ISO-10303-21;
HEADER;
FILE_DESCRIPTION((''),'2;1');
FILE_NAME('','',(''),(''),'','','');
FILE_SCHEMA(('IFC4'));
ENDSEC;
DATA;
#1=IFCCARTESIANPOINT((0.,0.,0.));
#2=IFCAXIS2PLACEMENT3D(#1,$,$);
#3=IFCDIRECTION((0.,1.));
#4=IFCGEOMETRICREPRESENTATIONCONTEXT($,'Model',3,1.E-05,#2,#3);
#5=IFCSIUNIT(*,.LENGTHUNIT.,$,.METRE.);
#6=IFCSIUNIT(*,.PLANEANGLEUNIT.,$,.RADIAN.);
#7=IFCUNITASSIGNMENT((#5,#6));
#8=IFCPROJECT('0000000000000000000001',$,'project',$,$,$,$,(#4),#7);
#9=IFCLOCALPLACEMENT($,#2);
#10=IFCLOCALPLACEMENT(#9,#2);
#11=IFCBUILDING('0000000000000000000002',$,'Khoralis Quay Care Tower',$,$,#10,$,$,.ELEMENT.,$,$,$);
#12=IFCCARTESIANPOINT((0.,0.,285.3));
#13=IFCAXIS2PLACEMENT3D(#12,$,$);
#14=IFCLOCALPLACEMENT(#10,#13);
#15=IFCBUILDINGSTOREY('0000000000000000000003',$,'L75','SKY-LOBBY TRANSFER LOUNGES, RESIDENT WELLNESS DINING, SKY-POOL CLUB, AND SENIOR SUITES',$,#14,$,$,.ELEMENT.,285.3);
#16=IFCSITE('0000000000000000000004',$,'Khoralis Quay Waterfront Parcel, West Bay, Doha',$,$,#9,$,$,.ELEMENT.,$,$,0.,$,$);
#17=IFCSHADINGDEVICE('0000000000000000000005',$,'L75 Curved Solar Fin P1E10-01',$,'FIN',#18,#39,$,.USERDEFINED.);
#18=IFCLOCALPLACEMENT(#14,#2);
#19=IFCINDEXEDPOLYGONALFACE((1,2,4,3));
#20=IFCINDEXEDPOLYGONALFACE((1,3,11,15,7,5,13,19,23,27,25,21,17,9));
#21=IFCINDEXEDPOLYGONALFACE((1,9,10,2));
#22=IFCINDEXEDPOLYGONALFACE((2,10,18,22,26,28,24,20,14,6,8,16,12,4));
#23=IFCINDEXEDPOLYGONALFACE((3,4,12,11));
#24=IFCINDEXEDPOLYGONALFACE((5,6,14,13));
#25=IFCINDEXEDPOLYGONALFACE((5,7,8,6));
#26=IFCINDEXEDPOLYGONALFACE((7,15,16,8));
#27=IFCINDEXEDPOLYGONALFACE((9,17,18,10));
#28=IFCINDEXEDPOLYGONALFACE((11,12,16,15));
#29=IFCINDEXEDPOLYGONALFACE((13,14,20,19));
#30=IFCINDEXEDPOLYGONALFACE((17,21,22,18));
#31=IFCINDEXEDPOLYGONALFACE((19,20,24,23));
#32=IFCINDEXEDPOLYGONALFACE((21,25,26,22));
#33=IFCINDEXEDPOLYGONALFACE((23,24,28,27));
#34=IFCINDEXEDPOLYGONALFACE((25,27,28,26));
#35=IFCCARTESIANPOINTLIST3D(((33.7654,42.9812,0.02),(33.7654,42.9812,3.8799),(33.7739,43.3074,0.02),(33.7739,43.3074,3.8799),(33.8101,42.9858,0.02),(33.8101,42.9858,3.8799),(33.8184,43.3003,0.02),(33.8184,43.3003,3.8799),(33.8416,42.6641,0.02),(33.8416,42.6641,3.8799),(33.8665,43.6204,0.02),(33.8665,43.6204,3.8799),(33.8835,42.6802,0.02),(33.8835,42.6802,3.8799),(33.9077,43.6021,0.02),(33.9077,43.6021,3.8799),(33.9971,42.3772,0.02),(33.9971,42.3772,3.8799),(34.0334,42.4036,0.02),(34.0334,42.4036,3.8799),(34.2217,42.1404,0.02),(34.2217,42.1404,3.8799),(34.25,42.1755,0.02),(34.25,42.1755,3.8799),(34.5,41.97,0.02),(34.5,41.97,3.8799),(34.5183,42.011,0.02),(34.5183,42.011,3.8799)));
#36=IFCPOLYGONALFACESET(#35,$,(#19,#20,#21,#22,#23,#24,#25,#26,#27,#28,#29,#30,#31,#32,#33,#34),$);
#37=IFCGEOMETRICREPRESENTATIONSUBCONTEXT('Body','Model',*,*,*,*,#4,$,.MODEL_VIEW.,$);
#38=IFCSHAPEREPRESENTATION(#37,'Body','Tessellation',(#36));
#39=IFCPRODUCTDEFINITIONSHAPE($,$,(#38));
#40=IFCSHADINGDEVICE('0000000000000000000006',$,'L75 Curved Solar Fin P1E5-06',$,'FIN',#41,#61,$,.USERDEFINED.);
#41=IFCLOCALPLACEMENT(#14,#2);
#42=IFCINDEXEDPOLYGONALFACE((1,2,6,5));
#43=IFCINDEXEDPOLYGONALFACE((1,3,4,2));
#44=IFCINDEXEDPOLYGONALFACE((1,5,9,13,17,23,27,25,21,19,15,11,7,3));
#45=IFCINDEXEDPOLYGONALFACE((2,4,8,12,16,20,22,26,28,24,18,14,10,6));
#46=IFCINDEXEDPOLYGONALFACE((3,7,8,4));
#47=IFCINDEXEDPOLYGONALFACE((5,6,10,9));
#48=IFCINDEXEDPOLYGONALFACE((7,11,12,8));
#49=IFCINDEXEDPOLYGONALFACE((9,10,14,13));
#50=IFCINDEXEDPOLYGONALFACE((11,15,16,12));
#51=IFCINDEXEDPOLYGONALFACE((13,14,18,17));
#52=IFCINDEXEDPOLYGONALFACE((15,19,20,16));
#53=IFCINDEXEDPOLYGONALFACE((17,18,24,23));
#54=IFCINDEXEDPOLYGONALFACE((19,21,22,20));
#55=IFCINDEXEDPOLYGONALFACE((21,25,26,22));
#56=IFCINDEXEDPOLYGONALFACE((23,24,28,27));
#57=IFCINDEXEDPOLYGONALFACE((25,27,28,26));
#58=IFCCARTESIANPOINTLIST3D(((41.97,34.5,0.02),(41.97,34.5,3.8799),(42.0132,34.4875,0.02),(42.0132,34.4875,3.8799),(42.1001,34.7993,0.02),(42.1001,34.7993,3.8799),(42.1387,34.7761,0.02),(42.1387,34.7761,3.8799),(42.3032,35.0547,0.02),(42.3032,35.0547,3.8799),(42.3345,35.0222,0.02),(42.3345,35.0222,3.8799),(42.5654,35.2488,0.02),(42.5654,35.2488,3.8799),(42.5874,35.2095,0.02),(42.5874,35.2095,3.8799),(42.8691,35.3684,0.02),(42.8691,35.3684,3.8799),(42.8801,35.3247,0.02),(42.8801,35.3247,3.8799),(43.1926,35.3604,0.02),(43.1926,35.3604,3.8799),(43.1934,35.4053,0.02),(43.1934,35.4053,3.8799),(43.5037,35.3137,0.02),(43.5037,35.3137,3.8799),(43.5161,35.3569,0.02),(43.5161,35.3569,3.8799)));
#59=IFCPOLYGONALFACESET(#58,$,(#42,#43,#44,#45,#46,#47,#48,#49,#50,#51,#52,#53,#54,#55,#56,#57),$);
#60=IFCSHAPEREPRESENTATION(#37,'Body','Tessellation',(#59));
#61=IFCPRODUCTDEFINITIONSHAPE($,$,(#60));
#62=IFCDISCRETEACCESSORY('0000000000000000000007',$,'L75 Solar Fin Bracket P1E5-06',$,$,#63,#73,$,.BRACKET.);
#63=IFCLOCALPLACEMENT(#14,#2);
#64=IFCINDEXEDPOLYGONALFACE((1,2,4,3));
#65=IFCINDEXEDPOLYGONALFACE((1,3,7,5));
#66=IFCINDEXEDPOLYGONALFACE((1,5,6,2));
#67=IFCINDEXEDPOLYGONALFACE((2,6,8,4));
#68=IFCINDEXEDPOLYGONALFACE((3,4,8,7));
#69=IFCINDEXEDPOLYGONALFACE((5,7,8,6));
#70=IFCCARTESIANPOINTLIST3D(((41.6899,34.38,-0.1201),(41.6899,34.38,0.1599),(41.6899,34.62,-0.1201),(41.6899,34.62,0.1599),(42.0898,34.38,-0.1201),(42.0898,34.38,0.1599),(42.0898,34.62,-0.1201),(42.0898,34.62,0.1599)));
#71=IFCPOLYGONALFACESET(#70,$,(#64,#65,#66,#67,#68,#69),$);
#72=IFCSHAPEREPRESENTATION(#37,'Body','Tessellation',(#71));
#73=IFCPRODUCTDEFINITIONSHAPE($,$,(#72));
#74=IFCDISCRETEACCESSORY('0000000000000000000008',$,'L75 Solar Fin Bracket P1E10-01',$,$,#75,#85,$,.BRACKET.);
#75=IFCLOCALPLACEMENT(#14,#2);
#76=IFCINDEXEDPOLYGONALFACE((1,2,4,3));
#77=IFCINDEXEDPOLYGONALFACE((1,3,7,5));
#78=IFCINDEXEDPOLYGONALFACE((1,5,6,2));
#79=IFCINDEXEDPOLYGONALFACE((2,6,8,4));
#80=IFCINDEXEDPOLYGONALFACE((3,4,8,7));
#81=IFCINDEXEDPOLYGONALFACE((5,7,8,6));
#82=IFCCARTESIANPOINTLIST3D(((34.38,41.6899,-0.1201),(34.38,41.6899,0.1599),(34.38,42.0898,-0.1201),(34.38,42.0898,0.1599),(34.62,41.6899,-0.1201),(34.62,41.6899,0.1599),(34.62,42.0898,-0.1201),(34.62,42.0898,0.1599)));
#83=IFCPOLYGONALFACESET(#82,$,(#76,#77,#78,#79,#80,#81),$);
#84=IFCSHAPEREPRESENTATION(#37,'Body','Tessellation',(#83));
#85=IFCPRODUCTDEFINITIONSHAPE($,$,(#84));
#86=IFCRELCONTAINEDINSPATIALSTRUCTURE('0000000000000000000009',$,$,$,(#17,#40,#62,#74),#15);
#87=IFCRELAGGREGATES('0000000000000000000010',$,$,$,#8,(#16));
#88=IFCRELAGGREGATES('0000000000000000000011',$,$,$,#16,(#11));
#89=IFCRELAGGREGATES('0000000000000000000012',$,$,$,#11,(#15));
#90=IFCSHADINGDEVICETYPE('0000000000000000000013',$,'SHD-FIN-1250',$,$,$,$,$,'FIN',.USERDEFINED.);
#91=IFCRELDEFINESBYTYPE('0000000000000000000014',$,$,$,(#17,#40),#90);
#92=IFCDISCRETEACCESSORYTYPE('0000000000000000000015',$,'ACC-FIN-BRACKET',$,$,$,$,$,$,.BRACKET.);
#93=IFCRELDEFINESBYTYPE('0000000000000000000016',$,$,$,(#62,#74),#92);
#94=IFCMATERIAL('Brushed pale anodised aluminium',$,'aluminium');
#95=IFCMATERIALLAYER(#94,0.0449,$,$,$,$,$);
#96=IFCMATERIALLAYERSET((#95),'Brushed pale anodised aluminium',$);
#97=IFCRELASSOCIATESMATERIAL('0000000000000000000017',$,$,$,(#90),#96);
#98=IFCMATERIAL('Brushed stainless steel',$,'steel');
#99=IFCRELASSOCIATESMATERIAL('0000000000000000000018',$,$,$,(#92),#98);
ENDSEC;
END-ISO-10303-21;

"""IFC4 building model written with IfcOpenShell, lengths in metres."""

from ifc_helpers import new_model, si_unit, direction, frame, origin, origin_2d, place, context, subcontext, project, spatial, polyline, rectangle, outline, extrude, source, transform, mapped, material, layer, layer_set, type_object, element, save


model = new_model("IFC4")

# Units and contexts
model_context = context("Model", 3, precision=1e-05, world=origin(), true_north=direction((0.0, 1.0)))
body_context = subcontext(model_context, "Body", "Model", "MODEL_VIEW")
ifc_project = project(units=[si_unit("LENGTHUNIT", "METRE"), si_unit("PLANEANGLEUNIT", "RADIAN")], contexts=[model_context])

# Site, building, storey
site_placement = place(None, origin())
site = spatial("IfcSite", under=ifc_project, at=site_placement, Name="Khoralis Quay Waterfront Parcel, West Bay, Doha", CompositionType="ELEMENT", RefElevation=0.0)
building_placement = place(site_placement, origin())
building = spatial("IfcBuilding", under=site, at=building_placement, Name="Khoralis Quay Care Tower", CompositionType="ELEMENT")
storey_placement = place(building_placement, frame((0.0, 0.0, 285.3)))
storey = spatial("IfcBuildingStorey", under=building, at=storey_placement, Name="L75", Description="SKY-LOBBY TRANSFER LOUNGES, RESIDENT WELLNESS DINING, SKY-POOL CLUB, AND SENIOR SUITES", CompositionType="ELEMENT", Elevation=285.3)

# Shading devices
ifc_material_1 = material(Name="Brushed pale anodised aluminium", Category="aluminium")
ifc_layer_1 = layer(ifc_material_1, 0.0449)
ifc_layer_set_1 = layer_set([ifc_layer_1], Name="Brushed pale anodised aluminium")
shading_device_type = type_object("IfcShadingDeviceType", Name="SHD-FIN-1250", ElementType="FIN", PredefinedType="USERDEFINED", material=ifc_layer_set_1)
shared_shape_1 = source(origin(), body_context, "Body", "SweptSolid", [
    extrude(outline(polyline([(0.0, 0.0), (0.1704, 0.2783), (0.4072, 0.5029), (0.6941, 0.6584), (1.0112, 0.7346), (1.3374, 0.7261), (1.6504, 0.6335), (1.6321, 0.5923), (1.3303, 0.6816), (1.0159, 0.6899), (0.7102, 0.6165), (0.4336, 0.4666), (0.2056, 0.25), (0.041, -0.0183), (0.0, 0.0)])), origin(), (0.0, 0.0, 1.0), 3.8599),
])
shading_device_1_placement = place(storey_placement, frame((34.5, 41.97, 0.02), z_axis=(0.0, 0.0, 1.0), x_axis=(0.0, 1.0, 0.0)))
element("IfcShadingDevice", 1, at=shading_device_1_placement, inside=storey, type_object=shading_device_type, Name="L75 Curved Solar Fin P1E10-01", ObjectType="FIN", PredefinedType="USERDEFINED", context=body_context, shape_type="MappedRepresentation", body=[
    mapped(shared_shape_1, transform((0.0, 0.0, 0.0), scale=1.0)),
])
shared_shape_2 = source(origin(), body_context, "Body", "SweptSolid", [
    extrude(outline(polyline([(0.0, 0.0), (0.1301, 0.2993), (0.3333, 0.5547), (0.5955, 0.7488), (0.8992, 0.8684), (1.2234, 0.9053), (1.5461, 0.8569), (1.5337, 0.8137), (1.2227, 0.8604), (0.9102, 0.8247), (0.6174, 0.7095), (0.3645, 0.5222), (0.1687, 0.2761), (0.0432, -0.0125), (0.0, 0.0)])), origin(), (0.0, 0.0, 1.0), 3.8599),
])
shading_device_2_placement = place(storey_placement, frame((41.97, 34.5, 0.02), z_axis=(0.0, 0.0, 1.0), x_axis=(1.0, 0.0, 0.0)))
element("IfcShadingDevice", 2, at=shading_device_2_placement, inside=storey, type_object=shading_device_type, Name="L75 Curved Solar Fin P1E5-06", ObjectType="FIN", PredefinedType="USERDEFINED", context=body_context, shape_type="MappedRepresentation", body=[
    mapped(shared_shape_2, transform((0.0, 0.0, 0.0), scale=1.0)),
])

# Discrete accessories
ifc_material_2 = material(Name="Brushed stainless steel", Category="steel")
discrete_accessory_type = type_object("IfcDiscreteAccessoryType", Name="ACC-FIN-BRACKET", PredefinedType="BRACKET", material=ifc_material_2)
shared_shape_3 = source(origin(), body_context, "Body", "SweptSolid", [
    extrude(rectangle(XDim=0.3999, YDim=0.24, at=origin_2d()), origin(), (0.0, 0.0, 1.0), 0.28),
])
for number, where, z_axis, x_axis, name in (
    (3, (41.8899, 34.5, -0.1201), (0.0, 0.0, 1.0), (1.0, 0.0, 0.0), "L75 Solar Fin Bracket P1E5-06"),
    (4, (34.5, 41.8899, -0.1201), (0.0, 0.0, 1.0), (0.0, 1.0, 0.0), "L75 Solar Fin Bracket P1E10-01"),
):
    element("IfcDiscreteAccessory", number, at=place(storey_placement, frame(where, z_axis=z_axis, x_axis=x_axis)), inside=storey, type_object=discrete_accessory_type, Name=name, PredefinedType="BRACKET", context=body_context, shape_type="MappedRepresentation", body=[
        mapped(shared_shape_3, transform((0.0, 0.0, 0.0), scale=1.0)),
    ])

save(model, "model.ifc")
